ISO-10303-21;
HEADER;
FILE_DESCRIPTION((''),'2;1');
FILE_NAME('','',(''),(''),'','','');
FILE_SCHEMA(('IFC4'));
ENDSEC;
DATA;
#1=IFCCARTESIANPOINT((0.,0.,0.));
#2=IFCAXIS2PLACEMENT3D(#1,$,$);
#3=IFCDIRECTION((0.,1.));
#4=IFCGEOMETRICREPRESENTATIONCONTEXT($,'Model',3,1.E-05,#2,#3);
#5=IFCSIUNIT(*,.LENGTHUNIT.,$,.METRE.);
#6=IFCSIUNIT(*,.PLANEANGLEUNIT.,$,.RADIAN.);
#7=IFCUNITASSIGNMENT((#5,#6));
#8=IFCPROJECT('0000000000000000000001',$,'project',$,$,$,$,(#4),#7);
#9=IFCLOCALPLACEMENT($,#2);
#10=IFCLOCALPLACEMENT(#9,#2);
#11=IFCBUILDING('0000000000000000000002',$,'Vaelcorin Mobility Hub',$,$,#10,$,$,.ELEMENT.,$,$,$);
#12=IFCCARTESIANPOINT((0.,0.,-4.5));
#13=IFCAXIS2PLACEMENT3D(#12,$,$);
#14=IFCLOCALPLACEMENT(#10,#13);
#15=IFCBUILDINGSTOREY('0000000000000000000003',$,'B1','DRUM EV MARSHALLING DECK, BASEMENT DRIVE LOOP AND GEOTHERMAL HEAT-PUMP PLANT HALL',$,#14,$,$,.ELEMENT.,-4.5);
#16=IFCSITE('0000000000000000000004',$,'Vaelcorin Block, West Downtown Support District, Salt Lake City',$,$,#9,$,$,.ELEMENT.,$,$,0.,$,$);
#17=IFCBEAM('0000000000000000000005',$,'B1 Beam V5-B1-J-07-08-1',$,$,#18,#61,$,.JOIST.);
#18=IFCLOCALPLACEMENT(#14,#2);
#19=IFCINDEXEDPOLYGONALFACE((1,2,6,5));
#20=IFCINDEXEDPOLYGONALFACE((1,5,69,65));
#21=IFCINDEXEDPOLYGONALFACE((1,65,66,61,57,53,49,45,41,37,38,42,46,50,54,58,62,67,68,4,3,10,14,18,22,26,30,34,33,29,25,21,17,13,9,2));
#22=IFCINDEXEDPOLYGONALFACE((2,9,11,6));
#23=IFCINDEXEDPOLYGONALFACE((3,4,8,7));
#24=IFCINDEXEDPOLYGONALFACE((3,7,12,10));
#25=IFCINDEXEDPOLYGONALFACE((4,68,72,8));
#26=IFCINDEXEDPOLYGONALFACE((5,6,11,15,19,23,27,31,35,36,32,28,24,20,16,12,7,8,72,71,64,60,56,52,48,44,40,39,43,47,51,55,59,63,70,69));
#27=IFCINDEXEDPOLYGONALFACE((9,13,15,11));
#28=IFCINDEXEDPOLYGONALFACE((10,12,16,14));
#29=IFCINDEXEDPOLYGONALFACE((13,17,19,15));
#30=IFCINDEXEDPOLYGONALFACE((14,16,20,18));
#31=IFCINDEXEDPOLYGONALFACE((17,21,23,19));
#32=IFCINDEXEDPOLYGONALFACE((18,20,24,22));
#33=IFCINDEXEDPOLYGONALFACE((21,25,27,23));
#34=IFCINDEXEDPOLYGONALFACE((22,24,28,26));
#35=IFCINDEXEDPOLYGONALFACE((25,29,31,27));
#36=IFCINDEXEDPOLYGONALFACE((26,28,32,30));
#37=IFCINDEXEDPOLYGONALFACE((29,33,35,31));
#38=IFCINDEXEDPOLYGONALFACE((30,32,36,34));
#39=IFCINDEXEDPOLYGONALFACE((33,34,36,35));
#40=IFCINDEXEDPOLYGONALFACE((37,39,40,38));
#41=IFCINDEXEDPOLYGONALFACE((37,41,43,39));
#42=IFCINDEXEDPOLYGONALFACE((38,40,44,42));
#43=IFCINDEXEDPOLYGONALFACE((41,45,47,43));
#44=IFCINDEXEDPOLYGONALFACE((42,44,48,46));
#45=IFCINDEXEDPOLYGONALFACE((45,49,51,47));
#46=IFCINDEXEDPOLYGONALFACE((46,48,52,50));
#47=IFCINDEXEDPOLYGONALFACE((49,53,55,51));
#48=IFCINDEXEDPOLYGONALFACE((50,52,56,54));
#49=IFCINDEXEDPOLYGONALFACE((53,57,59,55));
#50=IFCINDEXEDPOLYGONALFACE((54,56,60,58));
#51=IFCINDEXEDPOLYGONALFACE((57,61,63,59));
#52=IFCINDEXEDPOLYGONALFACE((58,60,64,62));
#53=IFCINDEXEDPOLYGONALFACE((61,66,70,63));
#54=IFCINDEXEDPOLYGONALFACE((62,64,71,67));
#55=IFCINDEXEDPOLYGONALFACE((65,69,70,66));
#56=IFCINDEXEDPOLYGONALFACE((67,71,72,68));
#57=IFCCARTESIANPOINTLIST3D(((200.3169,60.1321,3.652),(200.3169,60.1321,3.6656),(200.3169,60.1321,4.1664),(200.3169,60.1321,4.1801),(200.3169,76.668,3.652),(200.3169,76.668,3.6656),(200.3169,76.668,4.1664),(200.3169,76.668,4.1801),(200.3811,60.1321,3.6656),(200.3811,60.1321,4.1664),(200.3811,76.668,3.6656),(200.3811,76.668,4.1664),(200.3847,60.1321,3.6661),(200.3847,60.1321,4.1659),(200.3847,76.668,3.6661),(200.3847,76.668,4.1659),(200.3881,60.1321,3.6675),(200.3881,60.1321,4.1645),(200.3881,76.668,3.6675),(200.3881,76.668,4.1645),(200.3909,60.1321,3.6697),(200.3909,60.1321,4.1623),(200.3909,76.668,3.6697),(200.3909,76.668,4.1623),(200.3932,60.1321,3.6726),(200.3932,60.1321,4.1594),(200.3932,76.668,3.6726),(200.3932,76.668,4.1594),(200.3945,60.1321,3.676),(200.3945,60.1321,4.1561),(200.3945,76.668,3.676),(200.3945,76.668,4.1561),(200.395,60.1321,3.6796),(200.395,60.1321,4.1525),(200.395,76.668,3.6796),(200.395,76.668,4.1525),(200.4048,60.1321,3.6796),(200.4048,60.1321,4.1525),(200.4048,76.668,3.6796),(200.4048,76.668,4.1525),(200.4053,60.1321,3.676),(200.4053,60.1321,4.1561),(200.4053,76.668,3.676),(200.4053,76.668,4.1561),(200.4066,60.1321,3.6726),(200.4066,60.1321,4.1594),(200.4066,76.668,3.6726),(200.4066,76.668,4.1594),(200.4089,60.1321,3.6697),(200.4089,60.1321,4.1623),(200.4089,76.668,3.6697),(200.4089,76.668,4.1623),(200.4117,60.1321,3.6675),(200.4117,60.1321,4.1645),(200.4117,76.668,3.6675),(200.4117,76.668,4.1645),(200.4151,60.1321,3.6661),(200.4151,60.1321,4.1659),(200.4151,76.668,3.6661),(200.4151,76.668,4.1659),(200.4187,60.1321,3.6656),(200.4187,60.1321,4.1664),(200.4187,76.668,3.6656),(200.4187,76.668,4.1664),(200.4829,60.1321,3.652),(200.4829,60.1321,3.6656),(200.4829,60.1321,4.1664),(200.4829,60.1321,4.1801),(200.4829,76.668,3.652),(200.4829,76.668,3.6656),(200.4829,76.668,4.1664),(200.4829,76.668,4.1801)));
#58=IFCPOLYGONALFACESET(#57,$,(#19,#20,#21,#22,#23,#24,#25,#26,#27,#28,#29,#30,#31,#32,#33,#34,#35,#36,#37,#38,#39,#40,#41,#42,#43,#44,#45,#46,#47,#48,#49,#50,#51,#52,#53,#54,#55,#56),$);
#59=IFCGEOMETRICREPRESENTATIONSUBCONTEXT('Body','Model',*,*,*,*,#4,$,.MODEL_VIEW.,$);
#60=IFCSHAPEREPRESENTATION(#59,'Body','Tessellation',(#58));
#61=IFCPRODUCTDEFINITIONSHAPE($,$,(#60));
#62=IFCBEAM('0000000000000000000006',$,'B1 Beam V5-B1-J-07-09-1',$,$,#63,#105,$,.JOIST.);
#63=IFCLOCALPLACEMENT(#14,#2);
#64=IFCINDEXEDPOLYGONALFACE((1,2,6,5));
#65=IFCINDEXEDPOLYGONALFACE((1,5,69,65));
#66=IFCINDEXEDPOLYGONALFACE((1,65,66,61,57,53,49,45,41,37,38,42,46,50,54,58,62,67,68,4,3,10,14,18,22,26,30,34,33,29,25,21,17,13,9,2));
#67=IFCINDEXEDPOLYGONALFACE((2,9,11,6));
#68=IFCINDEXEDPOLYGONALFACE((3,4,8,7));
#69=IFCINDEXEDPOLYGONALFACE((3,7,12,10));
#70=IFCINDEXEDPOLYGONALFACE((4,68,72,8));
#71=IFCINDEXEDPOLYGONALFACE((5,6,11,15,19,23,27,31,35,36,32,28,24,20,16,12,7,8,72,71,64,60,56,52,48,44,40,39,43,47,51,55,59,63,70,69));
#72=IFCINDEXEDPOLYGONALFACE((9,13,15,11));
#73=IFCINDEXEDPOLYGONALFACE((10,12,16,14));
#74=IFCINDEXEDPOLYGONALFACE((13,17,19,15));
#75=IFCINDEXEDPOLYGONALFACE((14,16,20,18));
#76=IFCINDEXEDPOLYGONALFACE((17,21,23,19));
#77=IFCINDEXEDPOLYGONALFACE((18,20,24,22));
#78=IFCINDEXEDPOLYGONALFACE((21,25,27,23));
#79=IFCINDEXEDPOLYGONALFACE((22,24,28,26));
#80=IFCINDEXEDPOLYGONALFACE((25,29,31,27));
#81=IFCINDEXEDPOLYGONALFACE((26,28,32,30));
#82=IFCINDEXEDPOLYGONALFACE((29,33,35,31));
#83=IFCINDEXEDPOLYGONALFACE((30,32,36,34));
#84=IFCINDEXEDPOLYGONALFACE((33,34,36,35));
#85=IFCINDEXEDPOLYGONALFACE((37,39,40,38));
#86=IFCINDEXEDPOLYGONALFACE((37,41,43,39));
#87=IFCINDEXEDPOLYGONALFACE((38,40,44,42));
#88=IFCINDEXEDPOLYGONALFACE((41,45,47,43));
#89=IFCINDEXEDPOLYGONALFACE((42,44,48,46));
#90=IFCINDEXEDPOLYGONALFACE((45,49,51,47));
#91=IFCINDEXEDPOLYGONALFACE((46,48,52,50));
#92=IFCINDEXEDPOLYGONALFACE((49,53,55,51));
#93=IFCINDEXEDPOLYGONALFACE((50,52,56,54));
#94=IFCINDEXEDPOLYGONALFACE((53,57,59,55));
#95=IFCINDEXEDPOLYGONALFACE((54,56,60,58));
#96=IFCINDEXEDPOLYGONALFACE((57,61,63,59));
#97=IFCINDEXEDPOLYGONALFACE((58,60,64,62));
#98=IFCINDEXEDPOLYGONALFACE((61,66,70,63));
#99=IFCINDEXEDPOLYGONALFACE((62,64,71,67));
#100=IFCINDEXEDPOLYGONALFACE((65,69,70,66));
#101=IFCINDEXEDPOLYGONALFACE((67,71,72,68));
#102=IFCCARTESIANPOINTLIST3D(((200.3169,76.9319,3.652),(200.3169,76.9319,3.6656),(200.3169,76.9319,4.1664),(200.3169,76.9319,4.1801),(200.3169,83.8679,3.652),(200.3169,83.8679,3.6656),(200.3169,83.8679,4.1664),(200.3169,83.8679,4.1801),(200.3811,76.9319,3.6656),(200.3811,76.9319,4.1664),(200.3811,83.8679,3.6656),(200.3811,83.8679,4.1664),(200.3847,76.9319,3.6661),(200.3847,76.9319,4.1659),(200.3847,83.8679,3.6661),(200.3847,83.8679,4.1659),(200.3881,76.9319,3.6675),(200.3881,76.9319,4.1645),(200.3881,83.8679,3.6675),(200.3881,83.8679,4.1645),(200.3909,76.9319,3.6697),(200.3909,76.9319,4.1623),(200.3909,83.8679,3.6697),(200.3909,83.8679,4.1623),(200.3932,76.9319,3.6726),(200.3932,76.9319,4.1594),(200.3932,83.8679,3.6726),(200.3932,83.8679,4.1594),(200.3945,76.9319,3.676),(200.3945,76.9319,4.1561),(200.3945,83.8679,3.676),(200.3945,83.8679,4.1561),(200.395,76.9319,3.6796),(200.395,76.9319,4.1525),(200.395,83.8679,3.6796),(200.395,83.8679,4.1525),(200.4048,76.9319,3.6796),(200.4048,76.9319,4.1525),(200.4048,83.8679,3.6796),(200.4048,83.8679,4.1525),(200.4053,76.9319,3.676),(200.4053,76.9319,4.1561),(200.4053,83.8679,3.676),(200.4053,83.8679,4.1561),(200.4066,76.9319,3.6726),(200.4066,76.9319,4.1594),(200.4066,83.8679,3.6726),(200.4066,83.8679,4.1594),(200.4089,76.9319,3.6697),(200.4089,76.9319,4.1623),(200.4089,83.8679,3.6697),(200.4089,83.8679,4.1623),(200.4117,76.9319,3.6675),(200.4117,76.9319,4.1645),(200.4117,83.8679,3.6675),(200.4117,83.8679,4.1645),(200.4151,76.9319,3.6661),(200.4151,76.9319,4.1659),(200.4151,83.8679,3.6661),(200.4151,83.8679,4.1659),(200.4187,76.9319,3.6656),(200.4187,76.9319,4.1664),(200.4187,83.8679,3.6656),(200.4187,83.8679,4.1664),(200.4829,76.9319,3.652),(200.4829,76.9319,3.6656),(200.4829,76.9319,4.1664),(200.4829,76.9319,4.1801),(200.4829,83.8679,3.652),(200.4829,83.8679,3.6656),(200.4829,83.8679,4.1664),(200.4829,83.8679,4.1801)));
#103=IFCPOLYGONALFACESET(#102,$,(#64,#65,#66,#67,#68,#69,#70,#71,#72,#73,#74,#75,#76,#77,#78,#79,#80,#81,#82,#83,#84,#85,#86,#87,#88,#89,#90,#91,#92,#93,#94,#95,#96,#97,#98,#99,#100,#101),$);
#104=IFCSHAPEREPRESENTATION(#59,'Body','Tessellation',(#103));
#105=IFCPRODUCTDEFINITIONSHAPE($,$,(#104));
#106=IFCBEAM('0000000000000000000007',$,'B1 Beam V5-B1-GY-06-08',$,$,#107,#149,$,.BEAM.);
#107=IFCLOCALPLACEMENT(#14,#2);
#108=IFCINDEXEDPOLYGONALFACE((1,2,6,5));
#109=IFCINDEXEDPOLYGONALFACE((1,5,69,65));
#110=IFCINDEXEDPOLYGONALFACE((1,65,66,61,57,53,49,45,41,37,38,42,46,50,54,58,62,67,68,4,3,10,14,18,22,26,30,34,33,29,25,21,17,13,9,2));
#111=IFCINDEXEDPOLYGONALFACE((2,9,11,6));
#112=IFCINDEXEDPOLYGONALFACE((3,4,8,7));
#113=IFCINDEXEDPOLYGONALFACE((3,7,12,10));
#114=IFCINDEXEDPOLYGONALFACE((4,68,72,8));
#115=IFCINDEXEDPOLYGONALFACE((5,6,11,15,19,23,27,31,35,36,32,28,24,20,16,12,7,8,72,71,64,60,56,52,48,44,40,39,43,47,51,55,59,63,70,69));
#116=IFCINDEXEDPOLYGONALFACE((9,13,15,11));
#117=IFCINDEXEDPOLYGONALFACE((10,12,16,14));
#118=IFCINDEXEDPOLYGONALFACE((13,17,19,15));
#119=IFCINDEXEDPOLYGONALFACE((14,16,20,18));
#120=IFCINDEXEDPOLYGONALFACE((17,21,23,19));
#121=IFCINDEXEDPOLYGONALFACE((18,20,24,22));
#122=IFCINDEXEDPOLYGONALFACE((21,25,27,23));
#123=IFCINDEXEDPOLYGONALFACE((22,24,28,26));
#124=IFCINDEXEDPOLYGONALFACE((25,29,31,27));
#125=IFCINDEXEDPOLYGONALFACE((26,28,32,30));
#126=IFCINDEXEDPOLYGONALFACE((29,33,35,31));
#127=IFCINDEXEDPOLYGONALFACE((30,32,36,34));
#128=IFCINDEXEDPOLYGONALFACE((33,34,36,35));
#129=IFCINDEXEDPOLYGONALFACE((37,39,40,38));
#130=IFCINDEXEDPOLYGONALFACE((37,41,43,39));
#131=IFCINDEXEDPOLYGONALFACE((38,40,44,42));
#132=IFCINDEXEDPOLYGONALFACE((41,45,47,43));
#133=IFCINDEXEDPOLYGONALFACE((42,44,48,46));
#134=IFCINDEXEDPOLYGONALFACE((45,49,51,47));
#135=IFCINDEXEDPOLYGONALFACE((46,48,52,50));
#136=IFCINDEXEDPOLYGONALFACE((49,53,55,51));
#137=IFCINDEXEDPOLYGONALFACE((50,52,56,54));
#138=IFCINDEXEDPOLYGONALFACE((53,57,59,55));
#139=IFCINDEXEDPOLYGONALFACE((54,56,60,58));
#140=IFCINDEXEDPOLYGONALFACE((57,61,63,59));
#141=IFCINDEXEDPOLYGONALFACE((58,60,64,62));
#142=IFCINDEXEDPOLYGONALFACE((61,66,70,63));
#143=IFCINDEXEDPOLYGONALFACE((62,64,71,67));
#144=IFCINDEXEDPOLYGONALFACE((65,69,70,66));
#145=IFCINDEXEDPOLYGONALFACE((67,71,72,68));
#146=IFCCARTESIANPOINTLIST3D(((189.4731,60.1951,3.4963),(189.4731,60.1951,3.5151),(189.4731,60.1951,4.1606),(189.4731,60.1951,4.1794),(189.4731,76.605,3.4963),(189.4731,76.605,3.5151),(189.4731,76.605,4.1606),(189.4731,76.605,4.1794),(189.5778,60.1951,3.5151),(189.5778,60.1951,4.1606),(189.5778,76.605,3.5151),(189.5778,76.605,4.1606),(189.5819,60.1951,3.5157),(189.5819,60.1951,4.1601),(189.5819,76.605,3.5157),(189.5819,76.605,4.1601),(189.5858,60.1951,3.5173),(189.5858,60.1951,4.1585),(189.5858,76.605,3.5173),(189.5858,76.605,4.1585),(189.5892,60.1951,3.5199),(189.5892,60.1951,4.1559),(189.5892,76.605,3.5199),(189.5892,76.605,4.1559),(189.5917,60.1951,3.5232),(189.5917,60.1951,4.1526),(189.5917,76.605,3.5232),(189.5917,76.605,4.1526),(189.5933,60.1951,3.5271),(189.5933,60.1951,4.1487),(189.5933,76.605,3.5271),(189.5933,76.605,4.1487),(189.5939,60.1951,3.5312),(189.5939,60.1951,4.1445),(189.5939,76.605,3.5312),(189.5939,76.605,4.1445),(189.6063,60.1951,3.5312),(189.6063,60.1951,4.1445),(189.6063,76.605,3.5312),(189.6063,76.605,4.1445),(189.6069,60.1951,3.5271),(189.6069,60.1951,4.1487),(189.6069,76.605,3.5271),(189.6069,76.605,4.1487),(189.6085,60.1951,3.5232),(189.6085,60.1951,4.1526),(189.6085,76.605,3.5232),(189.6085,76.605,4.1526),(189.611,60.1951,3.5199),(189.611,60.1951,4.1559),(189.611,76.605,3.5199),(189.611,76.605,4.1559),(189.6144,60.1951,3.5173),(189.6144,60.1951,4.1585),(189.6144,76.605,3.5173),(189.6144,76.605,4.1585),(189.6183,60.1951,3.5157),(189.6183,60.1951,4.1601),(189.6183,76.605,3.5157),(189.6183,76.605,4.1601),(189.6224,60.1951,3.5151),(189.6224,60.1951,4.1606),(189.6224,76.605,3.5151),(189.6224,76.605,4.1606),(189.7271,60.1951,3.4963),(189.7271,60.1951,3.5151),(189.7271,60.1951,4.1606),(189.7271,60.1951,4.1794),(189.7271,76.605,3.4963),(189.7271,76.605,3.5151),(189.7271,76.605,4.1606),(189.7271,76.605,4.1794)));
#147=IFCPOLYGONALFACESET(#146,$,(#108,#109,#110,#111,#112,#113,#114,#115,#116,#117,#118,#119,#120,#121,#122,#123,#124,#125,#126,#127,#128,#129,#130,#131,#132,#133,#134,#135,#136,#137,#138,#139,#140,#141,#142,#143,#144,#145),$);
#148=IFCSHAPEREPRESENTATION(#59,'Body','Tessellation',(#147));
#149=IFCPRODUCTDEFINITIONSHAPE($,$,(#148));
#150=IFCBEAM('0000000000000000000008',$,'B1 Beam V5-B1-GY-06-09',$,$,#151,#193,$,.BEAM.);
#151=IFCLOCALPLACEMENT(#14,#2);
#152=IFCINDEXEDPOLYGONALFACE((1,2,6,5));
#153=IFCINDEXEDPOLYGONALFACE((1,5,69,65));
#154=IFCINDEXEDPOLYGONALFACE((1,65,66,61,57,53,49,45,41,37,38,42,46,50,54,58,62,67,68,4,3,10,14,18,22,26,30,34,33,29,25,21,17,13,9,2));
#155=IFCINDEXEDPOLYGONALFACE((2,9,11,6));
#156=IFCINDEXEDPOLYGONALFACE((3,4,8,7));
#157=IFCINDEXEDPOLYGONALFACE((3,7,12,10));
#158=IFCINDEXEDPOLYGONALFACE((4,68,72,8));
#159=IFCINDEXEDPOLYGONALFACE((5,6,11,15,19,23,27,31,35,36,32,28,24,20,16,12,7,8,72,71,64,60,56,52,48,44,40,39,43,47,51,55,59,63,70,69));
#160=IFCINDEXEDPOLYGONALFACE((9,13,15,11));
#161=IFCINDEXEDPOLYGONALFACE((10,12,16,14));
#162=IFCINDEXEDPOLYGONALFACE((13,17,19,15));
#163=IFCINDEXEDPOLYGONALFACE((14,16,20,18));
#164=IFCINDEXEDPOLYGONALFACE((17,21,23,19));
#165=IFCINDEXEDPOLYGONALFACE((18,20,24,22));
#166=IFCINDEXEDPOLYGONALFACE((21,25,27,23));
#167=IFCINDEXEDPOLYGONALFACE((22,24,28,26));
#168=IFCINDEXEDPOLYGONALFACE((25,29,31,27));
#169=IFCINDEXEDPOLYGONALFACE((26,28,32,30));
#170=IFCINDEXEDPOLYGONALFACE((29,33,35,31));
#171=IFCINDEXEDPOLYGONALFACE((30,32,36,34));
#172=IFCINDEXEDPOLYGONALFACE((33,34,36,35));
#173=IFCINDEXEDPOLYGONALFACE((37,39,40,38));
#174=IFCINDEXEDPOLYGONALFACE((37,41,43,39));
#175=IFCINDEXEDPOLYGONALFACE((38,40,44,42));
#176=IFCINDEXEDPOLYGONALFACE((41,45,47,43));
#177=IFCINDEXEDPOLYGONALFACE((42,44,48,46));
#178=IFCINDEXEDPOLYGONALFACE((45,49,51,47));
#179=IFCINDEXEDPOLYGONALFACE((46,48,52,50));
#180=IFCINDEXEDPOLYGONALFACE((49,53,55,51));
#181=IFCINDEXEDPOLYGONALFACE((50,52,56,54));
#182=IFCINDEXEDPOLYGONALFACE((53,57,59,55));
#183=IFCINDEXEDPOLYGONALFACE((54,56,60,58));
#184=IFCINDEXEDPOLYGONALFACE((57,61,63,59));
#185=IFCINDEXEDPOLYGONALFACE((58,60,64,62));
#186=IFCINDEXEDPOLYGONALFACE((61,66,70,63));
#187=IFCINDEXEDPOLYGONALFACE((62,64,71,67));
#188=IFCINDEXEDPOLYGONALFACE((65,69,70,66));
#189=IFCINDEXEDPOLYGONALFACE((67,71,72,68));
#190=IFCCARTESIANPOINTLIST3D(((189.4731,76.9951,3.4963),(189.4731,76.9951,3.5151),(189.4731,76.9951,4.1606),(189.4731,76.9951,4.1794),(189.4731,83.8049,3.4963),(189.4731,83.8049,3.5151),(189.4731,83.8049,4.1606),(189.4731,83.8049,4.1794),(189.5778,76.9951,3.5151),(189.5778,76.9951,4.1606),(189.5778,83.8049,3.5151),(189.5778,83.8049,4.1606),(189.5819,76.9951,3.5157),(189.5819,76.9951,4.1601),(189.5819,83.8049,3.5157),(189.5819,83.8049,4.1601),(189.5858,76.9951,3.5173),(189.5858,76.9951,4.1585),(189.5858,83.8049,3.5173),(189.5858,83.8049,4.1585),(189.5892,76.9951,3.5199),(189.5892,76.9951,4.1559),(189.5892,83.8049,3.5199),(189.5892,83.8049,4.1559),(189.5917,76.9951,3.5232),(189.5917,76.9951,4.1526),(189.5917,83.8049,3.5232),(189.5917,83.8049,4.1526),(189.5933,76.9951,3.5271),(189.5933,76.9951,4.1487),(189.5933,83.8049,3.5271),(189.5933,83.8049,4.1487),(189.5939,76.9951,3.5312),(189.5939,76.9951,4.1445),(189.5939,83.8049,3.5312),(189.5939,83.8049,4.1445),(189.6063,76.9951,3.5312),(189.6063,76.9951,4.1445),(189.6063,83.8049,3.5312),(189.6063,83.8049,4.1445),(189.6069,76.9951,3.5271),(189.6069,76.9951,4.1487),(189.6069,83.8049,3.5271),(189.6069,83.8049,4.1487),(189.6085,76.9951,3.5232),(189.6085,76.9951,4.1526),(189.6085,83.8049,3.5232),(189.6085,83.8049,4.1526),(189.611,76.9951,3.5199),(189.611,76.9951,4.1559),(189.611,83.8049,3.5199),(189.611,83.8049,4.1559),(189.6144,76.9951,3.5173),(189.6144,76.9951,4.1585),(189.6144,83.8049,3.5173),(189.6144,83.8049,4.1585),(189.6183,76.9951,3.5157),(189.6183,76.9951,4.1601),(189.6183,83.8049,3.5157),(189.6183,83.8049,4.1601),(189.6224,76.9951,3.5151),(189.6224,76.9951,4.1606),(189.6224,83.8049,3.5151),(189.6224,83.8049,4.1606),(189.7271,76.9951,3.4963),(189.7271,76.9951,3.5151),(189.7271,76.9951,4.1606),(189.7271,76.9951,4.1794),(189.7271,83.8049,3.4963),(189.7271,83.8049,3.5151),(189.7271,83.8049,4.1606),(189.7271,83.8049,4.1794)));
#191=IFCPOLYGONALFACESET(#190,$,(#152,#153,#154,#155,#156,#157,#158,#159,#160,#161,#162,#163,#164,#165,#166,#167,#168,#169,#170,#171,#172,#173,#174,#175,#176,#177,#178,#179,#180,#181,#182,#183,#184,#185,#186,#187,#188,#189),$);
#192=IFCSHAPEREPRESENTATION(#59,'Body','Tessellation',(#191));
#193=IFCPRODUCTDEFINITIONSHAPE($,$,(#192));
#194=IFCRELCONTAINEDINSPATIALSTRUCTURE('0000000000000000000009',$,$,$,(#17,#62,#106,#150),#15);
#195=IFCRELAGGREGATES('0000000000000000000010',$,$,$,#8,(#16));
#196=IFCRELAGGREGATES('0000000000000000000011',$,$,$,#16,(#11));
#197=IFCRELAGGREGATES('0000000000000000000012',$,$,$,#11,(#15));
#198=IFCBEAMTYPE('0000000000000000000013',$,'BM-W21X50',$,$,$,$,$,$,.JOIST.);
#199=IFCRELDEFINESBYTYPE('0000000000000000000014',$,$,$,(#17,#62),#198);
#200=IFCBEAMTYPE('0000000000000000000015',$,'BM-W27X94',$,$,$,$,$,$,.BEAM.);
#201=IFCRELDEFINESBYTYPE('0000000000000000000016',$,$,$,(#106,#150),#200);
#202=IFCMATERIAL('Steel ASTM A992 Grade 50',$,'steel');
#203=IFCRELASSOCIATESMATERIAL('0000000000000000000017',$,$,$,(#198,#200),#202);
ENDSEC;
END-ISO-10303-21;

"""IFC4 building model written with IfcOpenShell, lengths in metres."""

from ifc_helpers import new_model, si_unit, direction, frame, origin, origin_2d, place, context, subcontext, project, spatial, i_section, extrude, material, material_profile, profile_set, type_object, element, save


model = new_model("IFC4")

# Units and contexts
model_context = context("Model", 3, precision=1e-05, world=origin(), true_north=direction((0.0, 1.0)))
body_context = subcontext(model_context, "Body", "Model", "MODEL_VIEW")
ifc_project = project(units=[si_unit("LENGTHUNIT", "METRE"), si_unit("PLANEANGLEUNIT", "RADIAN")], contexts=[model_context])

# Site, building, storey
site_placement = place(None, origin())
site = spatial("IfcSite", under=ifc_project, at=site_placement, Name="Vaelcorin Block, West Downtown Support District, Salt Lake City", CompositionType="ELEMENT", RefElevation=0.0)
building_placement = place(site_placement, origin())
building = spatial("IfcBuilding", under=site, at=building_placement, Name="Vaelcorin Mobility Hub", CompositionType="ELEMENT")
storey_placement = place(building_placement, frame((0.0, 0.0, -4.5)))
storey = spatial("IfcBuildingStorey", under=building, at=storey_placement, Name="B1", Description="DRUM EV MARSHALLING DECK, BASEMENT DRIVE LOOP AND GEOTHERMAL HEAT-PUMP PLANT HALL", CompositionType="ELEMENT", Elevation=-4.5)

# Shared definitions
ifc_material_1 = material(Name="Steel ASTM A992 Grade 50", Category="steel")

# Beams
ifc_material_profile_1 = material_profile(ifc_material_1, i_section(OverallWidth=0.166, OverallDepth=0.5281, WebThickness=0.0098, FlangeThickness=0.0137, FilletRadius=0.0139, at=origin_2d()), Name="W21X50")
ifc_profile_set_1 = profile_set([ifc_material_profile_1], Name="Steel ASTM A992 Grade 50")
beam_type_1 = type_object("IfcBeamType", Name="BM-W21X50", PredefinedType="JOIST", material=ifc_profile_set_1)
beam_1_placement = place(storey_placement, frame((200.3999, 60.1321, 3.916), z_axis=(0.0, 1.0, 0.0), x_axis=(-1.0, 0.0, 0.0)))
element("IfcBeam", 1, at=beam_1_placement, inside=storey, type_object=beam_type_1, Name="B1 Beam V5-B1-J-07-08-1", PredefinedType="JOIST", context=body_context, shape_type="SweptSolid", body=[
    extrude(i_section(OverallWidth=0.166, OverallDepth=0.5281, WebThickness=0.0098, FlangeThickness=0.0137, FilletRadius=0.0139, at=origin_2d()), origin(), (0.0, 0.0, 1.0), 16.5359),
])
beam_2_placement = place(storey_placement, frame((200.3999, 76.9319, 3.916), z_axis=(0.0, 1.0, 0.0), x_axis=(-1.0, 0.0, 0.0)))
element("IfcBeam", 2, at=beam_2_placement, inside=storey, type_object=beam_type_1, Name="B1 Beam V5-B1-J-07-09-1", PredefinedType="JOIST", context=body_context, shape_type="SweptSolid", body=[
    extrude(i_section(OverallWidth=0.166, OverallDepth=0.5281, WebThickness=0.0098, FlangeThickness=0.0137, FilletRadius=0.0139, at=origin_2d()), origin(), (0.0, 0.0, 1.0), 6.936),
])
ifc_material_profile_2 = material_profile(ifc_material_1, i_section(OverallWidth=0.2539, OverallDepth=0.6831, WebThickness=0.0125, FlangeThickness=0.0188, FilletRadius=0.0161, at=origin_2d()), Name="W27X94")
ifc_profile_set_2 = profile_set([ifc_material_profile_2], Name="Steel ASTM A992 Grade 50")
beam_type_2 = type_object("IfcBeamType", Name="BM-W27X94", PredefinedType="BEAM", material=ifc_profile_set_2)
beam_3_placement = place(storey_placement, frame((189.6001, 60.1951, 3.8379), z_axis=(0.0, 1.0, 0.0), x_axis=(-1.0, 0.0, 0.0)))
element("IfcBeam", 3, at=beam_3_placement, inside=storey, type_object=beam_type_2, Name="B1 Beam V5-B1-GY-06-08", PredefinedType="BEAM", context=body_context, shape_type="SweptSolid", body=[
    extrude(i_section(OverallWidth=0.2539, OverallDepth=0.6831, WebThickness=0.0125, FlangeThickness=0.0188, FilletRadius=0.0161, at=origin_2d()), origin(), (0.0, 0.0, 1.0), 16.4099),
])
beam_4_placement = place(storey_placement, frame((189.6001, 76.9951, 3.8379), z_axis=(0.0, 1.0, 0.0), x_axis=(-1.0, 0.0, 0.0)))
element("IfcBeam", 4, at=beam_4_placement, inside=storey, type_object=beam_type_2, Name="B1 Beam V5-B1-GY-06-09", PredefinedType="BEAM", context=body_context, shape_type="SweptSolid", body=[
    extrude(i_section(OverallWidth=0.2539, OverallDepth=0.6831, WebThickness=0.0125, FlangeThickness=0.0188, FilletRadius=0.0161, at=origin_2d()), origin(), (0.0, 0.0, 1.0), 6.8098),
])

save(model, "model.ifc")
